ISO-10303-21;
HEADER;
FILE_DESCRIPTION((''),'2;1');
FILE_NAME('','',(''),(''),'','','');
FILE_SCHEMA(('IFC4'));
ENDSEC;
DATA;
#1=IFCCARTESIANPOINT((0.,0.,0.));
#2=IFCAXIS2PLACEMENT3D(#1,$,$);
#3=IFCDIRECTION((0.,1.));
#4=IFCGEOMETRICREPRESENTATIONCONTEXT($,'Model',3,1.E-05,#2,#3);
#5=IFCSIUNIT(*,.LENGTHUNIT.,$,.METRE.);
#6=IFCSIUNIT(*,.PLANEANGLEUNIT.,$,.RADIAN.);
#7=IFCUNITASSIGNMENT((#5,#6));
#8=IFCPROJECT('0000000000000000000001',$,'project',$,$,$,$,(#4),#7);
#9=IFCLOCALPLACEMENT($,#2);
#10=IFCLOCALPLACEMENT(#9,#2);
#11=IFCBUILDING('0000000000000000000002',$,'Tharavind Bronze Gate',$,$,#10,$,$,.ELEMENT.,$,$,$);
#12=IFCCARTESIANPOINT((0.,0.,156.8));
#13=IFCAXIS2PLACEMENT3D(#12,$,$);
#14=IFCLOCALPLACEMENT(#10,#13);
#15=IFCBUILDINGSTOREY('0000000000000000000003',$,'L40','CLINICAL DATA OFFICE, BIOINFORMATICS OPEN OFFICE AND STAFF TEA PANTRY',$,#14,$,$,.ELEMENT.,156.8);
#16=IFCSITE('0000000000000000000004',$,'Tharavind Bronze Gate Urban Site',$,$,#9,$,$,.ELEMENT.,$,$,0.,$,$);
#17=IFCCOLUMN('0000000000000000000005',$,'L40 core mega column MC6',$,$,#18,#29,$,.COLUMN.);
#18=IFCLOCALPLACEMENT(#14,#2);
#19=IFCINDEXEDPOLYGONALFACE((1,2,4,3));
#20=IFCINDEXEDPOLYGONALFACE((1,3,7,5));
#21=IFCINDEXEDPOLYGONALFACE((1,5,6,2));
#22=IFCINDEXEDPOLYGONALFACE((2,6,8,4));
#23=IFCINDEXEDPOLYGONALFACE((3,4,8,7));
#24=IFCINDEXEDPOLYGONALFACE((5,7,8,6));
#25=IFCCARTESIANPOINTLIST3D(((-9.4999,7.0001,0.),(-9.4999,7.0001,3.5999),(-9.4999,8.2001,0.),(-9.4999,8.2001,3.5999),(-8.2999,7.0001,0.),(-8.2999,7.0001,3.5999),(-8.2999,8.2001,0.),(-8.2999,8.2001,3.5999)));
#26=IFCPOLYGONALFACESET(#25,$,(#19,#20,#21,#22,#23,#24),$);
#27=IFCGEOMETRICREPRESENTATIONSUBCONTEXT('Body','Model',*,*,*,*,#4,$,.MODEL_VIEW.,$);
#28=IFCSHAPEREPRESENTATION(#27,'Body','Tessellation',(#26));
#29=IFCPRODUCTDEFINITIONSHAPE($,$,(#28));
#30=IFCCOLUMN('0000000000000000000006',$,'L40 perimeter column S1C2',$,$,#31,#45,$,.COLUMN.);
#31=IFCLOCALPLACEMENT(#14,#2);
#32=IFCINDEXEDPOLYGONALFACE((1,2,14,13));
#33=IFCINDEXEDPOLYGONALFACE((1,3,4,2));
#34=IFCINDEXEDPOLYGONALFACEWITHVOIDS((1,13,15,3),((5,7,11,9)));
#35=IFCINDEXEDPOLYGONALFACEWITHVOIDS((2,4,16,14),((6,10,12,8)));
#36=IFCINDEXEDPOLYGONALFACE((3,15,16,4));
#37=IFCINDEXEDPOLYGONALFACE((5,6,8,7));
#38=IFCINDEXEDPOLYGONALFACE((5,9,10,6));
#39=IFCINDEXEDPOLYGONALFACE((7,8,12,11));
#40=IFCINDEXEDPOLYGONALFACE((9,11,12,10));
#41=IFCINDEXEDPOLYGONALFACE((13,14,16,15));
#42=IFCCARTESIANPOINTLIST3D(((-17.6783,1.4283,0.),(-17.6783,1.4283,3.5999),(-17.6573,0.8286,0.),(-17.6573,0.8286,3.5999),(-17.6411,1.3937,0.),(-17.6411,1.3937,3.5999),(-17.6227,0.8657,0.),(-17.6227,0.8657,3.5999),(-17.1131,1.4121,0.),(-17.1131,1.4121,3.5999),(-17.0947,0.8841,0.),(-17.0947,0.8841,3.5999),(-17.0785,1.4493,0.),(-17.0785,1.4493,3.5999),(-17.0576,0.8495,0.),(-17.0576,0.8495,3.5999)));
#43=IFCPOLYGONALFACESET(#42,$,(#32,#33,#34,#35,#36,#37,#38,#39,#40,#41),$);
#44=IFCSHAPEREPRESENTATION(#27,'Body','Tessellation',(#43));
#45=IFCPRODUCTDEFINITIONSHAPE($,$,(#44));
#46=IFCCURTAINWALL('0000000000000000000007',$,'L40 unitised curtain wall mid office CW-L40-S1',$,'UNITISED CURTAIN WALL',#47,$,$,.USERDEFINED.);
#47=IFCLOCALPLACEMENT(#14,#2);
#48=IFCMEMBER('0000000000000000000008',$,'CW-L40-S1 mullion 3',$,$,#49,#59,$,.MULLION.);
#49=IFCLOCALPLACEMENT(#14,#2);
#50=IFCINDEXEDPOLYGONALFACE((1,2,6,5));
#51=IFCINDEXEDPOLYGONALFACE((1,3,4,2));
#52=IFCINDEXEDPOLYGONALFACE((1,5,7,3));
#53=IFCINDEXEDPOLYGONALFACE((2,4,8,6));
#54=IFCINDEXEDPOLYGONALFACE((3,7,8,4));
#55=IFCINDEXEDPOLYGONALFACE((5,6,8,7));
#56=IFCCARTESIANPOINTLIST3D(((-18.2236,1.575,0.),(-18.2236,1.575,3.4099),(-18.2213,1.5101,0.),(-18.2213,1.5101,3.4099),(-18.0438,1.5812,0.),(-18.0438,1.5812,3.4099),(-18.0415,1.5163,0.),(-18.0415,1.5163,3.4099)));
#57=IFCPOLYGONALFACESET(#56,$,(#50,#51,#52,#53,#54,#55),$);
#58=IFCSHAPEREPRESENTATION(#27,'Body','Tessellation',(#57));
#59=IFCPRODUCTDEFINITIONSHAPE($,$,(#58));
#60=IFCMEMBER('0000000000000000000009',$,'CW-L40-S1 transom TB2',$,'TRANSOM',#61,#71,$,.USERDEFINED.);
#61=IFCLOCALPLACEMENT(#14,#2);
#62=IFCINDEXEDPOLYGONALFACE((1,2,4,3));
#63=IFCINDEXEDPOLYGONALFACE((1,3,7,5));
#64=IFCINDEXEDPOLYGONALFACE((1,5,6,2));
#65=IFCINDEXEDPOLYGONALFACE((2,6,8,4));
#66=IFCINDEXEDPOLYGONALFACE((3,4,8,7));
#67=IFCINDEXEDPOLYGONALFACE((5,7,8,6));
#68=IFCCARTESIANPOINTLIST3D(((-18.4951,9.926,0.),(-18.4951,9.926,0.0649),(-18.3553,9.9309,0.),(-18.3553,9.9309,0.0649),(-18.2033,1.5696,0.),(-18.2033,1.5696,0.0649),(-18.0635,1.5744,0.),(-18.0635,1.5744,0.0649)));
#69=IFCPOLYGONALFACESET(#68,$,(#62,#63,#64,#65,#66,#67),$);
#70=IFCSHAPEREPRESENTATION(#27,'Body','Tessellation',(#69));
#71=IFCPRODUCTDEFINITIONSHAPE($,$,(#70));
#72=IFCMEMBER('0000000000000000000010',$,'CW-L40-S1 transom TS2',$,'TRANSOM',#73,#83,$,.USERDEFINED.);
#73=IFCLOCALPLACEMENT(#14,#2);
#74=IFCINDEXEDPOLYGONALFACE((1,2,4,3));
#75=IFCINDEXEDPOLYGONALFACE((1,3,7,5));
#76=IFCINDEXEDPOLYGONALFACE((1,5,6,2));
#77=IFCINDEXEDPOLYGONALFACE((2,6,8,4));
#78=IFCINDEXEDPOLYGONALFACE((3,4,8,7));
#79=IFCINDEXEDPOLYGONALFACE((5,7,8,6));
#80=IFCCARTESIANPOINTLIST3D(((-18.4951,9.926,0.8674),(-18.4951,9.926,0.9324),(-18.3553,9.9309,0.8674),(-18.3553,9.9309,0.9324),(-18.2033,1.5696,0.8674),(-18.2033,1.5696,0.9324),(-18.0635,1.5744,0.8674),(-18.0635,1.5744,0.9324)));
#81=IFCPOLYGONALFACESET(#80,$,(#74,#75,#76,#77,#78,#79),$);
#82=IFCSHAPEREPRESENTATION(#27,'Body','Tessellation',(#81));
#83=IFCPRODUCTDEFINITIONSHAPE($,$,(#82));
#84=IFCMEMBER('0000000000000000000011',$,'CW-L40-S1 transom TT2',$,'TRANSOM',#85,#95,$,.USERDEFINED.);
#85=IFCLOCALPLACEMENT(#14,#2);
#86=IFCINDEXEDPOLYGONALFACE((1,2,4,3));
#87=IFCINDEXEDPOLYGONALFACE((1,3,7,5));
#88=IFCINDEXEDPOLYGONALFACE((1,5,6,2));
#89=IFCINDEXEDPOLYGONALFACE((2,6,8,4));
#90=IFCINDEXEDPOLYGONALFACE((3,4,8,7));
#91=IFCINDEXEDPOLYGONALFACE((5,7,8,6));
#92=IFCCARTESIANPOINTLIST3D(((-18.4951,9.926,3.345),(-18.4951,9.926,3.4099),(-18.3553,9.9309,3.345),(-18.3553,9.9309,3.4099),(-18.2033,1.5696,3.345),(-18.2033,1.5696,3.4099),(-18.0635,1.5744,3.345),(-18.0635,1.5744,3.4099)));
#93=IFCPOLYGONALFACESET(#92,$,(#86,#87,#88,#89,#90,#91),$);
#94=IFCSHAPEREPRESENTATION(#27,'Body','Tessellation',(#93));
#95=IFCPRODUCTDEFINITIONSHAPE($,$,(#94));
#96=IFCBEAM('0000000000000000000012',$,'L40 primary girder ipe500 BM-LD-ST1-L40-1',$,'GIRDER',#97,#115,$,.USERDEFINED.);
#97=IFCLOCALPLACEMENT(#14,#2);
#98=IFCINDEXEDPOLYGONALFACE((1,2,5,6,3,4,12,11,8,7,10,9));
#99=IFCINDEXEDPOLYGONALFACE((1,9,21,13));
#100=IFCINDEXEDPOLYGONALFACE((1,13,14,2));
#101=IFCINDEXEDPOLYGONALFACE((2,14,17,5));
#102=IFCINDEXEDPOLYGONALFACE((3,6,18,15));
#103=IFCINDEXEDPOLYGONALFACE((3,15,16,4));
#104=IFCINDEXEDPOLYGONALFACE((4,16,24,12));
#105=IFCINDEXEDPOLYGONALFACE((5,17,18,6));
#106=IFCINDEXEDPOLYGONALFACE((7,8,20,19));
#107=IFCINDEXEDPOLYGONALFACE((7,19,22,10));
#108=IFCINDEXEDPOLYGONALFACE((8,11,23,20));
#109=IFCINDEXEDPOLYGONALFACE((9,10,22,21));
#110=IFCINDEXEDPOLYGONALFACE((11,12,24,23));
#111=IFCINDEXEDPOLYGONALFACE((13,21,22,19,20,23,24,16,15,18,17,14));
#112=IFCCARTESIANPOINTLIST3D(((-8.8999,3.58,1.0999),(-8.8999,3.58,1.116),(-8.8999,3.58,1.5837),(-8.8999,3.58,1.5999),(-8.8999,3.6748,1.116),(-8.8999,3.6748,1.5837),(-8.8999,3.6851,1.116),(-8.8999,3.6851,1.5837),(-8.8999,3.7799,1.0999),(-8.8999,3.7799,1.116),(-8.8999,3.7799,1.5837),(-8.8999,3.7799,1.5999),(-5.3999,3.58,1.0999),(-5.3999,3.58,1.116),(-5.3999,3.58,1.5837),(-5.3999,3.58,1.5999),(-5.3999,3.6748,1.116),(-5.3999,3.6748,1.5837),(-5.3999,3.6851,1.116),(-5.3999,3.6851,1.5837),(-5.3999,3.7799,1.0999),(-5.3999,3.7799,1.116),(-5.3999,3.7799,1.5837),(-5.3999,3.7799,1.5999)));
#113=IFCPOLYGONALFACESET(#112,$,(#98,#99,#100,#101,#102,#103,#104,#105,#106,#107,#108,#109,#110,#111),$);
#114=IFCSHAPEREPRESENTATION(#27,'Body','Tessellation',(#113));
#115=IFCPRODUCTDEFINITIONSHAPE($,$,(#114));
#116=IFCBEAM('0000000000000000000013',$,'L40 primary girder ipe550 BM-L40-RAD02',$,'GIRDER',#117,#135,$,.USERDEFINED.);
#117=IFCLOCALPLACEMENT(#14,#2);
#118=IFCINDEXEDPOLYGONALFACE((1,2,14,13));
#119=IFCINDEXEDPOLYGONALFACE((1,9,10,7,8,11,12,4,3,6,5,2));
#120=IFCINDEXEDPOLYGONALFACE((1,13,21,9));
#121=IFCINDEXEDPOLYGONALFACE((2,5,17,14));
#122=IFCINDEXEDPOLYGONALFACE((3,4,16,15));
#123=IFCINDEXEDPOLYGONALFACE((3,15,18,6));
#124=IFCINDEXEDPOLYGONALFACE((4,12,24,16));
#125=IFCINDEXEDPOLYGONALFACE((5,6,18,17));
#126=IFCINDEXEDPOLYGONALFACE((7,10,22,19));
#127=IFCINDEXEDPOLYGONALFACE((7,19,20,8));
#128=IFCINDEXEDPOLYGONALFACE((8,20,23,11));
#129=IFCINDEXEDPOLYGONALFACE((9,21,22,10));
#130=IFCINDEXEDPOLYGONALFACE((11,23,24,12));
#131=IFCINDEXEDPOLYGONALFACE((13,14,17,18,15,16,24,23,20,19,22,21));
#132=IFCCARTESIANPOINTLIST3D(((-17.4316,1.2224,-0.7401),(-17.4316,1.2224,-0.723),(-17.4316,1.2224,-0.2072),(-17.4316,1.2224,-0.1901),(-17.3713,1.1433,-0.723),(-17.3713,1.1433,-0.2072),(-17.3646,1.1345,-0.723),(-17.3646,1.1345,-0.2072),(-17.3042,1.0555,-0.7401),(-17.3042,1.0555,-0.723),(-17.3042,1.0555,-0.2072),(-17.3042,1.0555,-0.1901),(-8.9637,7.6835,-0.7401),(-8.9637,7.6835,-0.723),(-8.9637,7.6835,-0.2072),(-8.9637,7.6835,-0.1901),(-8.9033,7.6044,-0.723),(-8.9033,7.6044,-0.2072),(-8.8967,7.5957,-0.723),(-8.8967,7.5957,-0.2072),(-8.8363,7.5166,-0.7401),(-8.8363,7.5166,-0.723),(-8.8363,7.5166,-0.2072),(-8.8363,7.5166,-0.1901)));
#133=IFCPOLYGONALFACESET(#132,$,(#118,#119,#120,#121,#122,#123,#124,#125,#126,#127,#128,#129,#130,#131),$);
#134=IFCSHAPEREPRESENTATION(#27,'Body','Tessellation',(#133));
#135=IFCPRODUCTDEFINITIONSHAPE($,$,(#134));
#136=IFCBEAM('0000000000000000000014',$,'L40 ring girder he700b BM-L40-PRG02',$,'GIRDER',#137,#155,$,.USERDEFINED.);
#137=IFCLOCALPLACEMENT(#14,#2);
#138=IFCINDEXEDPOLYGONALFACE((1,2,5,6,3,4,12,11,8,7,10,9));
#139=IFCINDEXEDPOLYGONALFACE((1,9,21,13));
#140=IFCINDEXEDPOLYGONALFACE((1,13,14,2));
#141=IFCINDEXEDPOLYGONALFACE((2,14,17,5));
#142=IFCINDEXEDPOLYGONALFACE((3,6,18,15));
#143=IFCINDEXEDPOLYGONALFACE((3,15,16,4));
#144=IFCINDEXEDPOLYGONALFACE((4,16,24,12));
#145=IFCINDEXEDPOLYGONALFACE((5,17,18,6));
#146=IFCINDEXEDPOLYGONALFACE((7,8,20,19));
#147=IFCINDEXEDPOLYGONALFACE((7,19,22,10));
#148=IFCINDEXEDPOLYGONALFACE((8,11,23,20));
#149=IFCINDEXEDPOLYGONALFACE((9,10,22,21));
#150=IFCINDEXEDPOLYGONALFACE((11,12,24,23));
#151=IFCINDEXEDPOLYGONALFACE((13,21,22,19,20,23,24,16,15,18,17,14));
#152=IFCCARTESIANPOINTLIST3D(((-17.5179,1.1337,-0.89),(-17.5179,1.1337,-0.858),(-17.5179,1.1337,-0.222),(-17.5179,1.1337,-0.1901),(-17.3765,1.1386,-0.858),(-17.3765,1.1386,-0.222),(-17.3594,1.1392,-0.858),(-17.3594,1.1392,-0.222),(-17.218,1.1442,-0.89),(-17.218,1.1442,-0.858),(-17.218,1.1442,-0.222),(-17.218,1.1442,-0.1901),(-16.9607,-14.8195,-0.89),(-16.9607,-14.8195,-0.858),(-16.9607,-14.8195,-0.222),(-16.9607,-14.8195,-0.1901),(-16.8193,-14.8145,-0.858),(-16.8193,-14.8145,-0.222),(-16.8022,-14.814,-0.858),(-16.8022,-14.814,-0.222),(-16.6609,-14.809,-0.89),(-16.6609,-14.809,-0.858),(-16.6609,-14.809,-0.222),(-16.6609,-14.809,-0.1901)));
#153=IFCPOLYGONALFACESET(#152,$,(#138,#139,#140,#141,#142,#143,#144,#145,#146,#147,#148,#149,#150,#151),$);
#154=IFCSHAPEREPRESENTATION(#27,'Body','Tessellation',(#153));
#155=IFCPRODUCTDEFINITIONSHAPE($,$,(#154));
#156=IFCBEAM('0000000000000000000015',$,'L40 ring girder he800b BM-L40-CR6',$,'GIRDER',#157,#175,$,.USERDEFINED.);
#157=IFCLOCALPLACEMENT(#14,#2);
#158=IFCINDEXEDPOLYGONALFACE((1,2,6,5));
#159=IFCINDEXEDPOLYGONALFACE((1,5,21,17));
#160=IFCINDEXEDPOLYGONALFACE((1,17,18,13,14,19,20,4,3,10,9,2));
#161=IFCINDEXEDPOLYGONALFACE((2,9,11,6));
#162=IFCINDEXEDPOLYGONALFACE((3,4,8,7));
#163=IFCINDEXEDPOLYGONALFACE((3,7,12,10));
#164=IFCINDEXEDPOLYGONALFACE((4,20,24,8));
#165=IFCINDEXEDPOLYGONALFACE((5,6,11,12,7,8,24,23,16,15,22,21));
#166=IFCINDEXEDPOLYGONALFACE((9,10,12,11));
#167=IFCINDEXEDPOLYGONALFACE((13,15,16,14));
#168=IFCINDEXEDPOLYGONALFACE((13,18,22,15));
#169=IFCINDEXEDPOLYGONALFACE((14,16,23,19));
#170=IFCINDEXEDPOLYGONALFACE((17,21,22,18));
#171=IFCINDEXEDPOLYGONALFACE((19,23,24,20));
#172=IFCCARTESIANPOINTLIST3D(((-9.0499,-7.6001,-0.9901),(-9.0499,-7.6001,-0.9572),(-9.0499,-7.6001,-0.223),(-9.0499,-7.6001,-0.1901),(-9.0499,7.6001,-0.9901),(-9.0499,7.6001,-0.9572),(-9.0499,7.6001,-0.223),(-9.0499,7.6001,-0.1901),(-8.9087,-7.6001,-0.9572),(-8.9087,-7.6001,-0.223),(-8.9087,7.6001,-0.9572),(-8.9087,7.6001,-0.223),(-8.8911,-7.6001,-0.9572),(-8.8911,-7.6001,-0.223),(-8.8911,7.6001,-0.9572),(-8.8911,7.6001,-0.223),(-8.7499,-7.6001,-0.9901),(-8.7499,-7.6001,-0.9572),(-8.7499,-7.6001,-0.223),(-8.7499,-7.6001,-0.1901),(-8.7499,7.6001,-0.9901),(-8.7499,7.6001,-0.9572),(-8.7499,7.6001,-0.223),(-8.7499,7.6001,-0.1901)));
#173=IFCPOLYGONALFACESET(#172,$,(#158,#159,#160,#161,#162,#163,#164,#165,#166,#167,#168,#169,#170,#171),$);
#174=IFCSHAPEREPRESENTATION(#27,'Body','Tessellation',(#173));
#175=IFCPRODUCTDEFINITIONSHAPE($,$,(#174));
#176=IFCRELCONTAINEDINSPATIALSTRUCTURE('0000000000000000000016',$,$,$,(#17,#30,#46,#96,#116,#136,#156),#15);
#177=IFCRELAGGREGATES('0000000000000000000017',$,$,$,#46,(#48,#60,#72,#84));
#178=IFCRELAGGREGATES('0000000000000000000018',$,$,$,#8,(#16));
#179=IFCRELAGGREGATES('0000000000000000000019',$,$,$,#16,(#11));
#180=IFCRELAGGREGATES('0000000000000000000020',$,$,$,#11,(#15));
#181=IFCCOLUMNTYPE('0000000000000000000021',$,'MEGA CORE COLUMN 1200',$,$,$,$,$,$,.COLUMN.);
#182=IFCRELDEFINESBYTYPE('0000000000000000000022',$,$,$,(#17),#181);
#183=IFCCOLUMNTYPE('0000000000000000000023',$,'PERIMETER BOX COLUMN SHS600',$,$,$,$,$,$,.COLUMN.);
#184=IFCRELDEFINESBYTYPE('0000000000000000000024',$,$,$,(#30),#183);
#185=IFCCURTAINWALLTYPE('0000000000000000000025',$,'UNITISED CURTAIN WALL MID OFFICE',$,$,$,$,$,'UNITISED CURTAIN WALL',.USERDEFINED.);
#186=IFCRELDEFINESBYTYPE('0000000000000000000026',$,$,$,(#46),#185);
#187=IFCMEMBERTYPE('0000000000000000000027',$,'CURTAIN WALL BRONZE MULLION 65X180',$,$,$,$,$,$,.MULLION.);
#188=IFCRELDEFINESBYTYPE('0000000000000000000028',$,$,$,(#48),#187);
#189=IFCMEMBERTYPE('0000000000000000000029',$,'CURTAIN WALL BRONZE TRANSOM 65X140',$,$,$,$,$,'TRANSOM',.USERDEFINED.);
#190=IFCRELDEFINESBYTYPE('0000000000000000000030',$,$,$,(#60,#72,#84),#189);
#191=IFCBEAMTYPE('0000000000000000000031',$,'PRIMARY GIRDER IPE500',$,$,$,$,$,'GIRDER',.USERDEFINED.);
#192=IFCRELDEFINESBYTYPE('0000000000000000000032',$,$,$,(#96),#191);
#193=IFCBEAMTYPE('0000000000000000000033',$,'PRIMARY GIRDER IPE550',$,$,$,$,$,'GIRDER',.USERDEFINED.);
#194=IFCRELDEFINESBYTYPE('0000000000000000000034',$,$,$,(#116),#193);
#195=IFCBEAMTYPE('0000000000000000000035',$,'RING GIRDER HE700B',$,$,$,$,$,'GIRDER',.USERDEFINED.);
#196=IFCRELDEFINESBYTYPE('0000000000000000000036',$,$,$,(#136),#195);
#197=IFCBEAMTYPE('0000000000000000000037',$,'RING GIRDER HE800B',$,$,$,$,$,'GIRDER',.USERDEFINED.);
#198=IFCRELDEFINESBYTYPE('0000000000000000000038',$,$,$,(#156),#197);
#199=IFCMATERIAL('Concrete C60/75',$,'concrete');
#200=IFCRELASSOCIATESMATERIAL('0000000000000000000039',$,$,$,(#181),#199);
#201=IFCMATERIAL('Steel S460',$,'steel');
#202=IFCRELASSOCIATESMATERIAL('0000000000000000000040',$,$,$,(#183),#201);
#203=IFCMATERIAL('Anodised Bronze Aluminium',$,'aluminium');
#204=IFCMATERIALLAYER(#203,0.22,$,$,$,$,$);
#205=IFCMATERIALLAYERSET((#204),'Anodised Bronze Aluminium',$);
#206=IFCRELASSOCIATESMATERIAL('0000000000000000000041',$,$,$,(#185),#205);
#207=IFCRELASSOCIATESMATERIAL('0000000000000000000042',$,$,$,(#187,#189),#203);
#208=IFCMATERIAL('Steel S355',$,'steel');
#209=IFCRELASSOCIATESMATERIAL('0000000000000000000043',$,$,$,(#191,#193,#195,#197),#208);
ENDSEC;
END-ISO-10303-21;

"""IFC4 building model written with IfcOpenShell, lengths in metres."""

from ifc_helpers import new_model, si_unit, direction, frame, origin, origin_2d, place, context, subcontext, project, spatial, rectangle, hollow_rectangle, i_section, extrude, material, layer, layer_set, material_profile, profile_set, type_object, element, aggregate, save


model = new_model("IFC4")

# Units and contexts
model_context = context("Model", 3, precision=1e-05, world=origin(), true_north=direction((0.0, 1.0)))
body_context = subcontext(model_context, "Body", "Model", "MODEL_VIEW")
ifc_project = project(units=[si_unit("LENGTHUNIT", "METRE"), si_unit("PLANEANGLEUNIT", "RADIAN")], contexts=[model_context])

# Site, building, storey
site_placement = place(None, origin())
site = spatial("IfcSite", under=ifc_project, at=site_placement, Name="Tharavind Bronze Gate Urban Site", CompositionType="ELEMENT", RefElevation=0.0)
building_placement = place(site_placement, origin())
building = spatial("IfcBuilding", under=site, at=building_placement, Name="Tharavind Bronze Gate", CompositionType="ELEMENT")
storey_placement = place(building_placement, frame((0.0, 0.0, 156.8)))
storey = spatial("IfcBuildingStorey", under=building, at=storey_placement, Name="L40", Description="CLINICAL DATA OFFICE, BIOINFORMATICS OPEN OFFICE AND STAFF TEA PANTRY", CompositionType="ELEMENT", Elevation=156.8)

# Columns
ifc_material_1 = material(Name="Concrete C60/75", Category="concrete")
ifc_material_profile_1 = material_profile(ifc_material_1, rectangle(XDim=1.2, YDim=1.2, at=origin_2d()), Name="RCCOL1200")
ifc_profile_set_1 = profile_set([ifc_material_profile_1], Name="Concrete C60/75")
column_type_1 = type_object("IfcColumnType", Name="MEGA CORE COLUMN 1200", PredefinedType="COLUMN", material=ifc_profile_set_1)
column_1_placement = place(storey_placement, frame((-8.8999, 7.6001, 0.0), z_axis=(0.0, 0.0, 1.0), x_axis=(1.0, 0.0, 0.0)))
element("IfcColumn", 1, at=column_1_placement, inside=storey, type_object=column_type_1, Name="L40 core mega column MC6", PredefinedType="COLUMN", context=body_context, shape_type="SweptSolid", body=[
    extrude(rectangle(XDim=1.2, YDim=1.2, at=origin_2d()), origin(), (0.0, 0.0, 1.0), 3.5999),
])
ifc_material_2 = material(Name="Steel S460", Category="steel")
ifc_material_profile_2 = material_profile(ifc_material_2, hollow_rectangle(XDim=0.6001, YDim=0.6001, WallThickness=0.0359, at=origin_2d()), Name="SHS600X36")
ifc_profile_set_2 = profile_set([ifc_material_profile_2], Name="Steel S460")
column_type_2 = type_object("IfcColumnType", Name="PERIMETER BOX COLUMN SHS600", PredefinedType="COLUMN", material=ifc_profile_set_2)
column_2_placement = place(storey_placement, frame((-17.3679, 1.1389, 0.0), z_axis=(0.0, 0.0, 1.0), x_axis=(-0.034899, 0.999391, 0.0)))
element("IfcColumn", 2, at=column_2_placement, inside=storey, type_object=column_type_2, Name="L40 perimeter column S1C2", PredefinedType="COLUMN", context=body_context, shape_type="SweptSolid", body=[
    extrude(hollow_rectangle(XDim=0.6001, YDim=0.6001, WallThickness=0.0359, at=origin_2d()), origin(), (0.0, 0.0, 1.0), 3.5999),
])

# Curtain wall, members
ifc_material_3 = material(Name="Anodised Bronze Aluminium", Category="aluminium")
ifc_layer_1 = layer(ifc_material_3, 0.22)
ifc_layer_set_1 = layer_set([ifc_layer_1], Name="Anodised Bronze Aluminium")
curtain_wall_type = type_object("IfcCurtainWallType", Name="UNITISED CURTAIN WALL MID OFFICE", ElementType="UNITISED CURTAIN WALL", PredefinedType="USERDEFINED", material=ifc_layer_set_1)
curtain_wall_placement = place(storey_placement, origin())
curtain_wall = element("IfcCurtainWall", 3, at=curtain_wall_placement, inside=storey, type_object=curtain_wall_type, Name="L40 unitised curtain wall mid office CW-L40-S1", ObjectType="UNITISED CURTAIN WALL", PredefinedType="USERDEFINED")
member_type_1 = type_object("IfcMemberType", Name="CURTAIN WALL BRONZE MULLION 65X180", PredefinedType="MULLION", material=ifc_material_3)
member_1_placement = place(storey_placement, frame((-18.1326, 1.5457, 0.0), z_axis=(0.0, 0.0, 1.0), x_axis=(0.034899, -0.999391, 0.0)))
member_1 = element("IfcMember", 4, at=member_1_placement, type_object=member_type_1, Name="CW-L40-S1 mullion 3", PredefinedType="MULLION", context=body_context, shape_type="SweptSolid", body=[
    extrude(rectangle(XDim=0.0649, YDim=0.1799, at=origin_2d()), origin(), (0.0, 0.0, 1.0), 3.4099),
])
member_type_2 = type_object("IfcMemberType", Name="CURTAIN WALL BRONZE TRANSOM 65X140", ElementType="TRANSOM", PredefinedType="USERDEFINED", material=ifc_material_3)
member_2_placement = place(storey_placement, frame((-18.2793, 5.7502, 0.0), z_axis=(0.0, 0.0, 1.0), x_axis=(0.034899, -0.999391, 0.0)))
member_2 = element("IfcMember", 5, at=member_2_placement, type_object=member_type_2, Name="CW-L40-S1 transom TB2", ObjectType="TRANSOM", PredefinedType="USERDEFINED", context=body_context, shape_type="SweptSolid", body=[
    extrude(rectangle(XDim=8.3616, YDim=0.1399, at=origin_2d()), origin(), (0.0, 0.0, 1.0), 0.0649),
])
member_3_placement = place(storey_placement, frame((-18.2793, 5.7502, 0.8674), z_axis=(0.0, 0.0, 1.0), x_axis=(0.034899, -0.999391, 0.0)))
member_3 = element("IfcMember", 6, at=member_3_placement, type_object=member_type_2, Name="CW-L40-S1 transom TS2", ObjectType="TRANSOM", PredefinedType="USERDEFINED", context=body_context, shape_type="SweptSolid", body=[
    extrude(rectangle(XDim=8.3616, YDim=0.1399, at=origin_2d()), origin(), (0.0, 0.0, 1.0), 0.0649),
])
member_4_placement = place(storey_placement, frame((-18.2793, 5.7502, 3.345), z_axis=(0.0, 0.0, 1.0), x_axis=(0.034899, -0.999391, 0.0)))
member_4 = element("IfcMember", 7, at=member_4_placement, type_object=member_type_2, Name="CW-L40-S1 transom TT2", ObjectType="TRANSOM", PredefinedType="USERDEFINED", context=body_context, shape_type="SweptSolid", body=[
    extrude(rectangle(XDim=8.3616, YDim=0.1399, at=origin_2d()), origin(), (0.0, 0.0, 1.0), 0.0649),
])

# Beams
ifc_material_4 = material(Name="Steel S355", Category="steel")
ifc_material_profile_3 = material_profile(ifc_material_4, i_section(OverallWidth=0.2, OverallDepth=0.5, WebThickness=0.0103, FlangeThickness=0.0161, at=origin_2d()), Name="IPE500")
ifc_profile_set_3 = profile_set([ifc_material_profile_3], Name="Steel S355")
beam_type_1 = type_object("IfcBeamType", Name="PRIMARY GIRDER IPE500", ElementType="GIRDER", PredefinedType="USERDEFINED", material=ifc_profile_set_3)
beam_1_placement = place(storey_placement, frame((-8.8999, 3.6799, 1.3499), z_axis=(1.0, 0.0, 0.0), x_axis=(0.0, 1.0, 0.0)))
element("IfcBeam", 8, at=beam_1_placement, inside=storey, type_object=beam_type_1, Name="L40 primary girder ipe500 BM-LD-ST1-L40-1", ObjectType="GIRDER", PredefinedType="USERDEFINED", context=body_context, shape_type="SweptSolid", body=[
    extrude(i_section(OverallWidth=0.2, OverallDepth=0.5, WebThickness=0.0103, FlangeThickness=0.0161, at=origin_2d()), origin(), (0.0, 0.0, 1.0), 3.5),
])
ifc_material_profile_4 = material_profile(ifc_material_4, i_section(OverallWidth=0.21, OverallDepth=0.55, WebThickness=0.011, FlangeThickness=0.0171, at=origin_2d()), Name="IPE550")
ifc_profile_set_4 = profile_set([ifc_material_profile_4], Name="Steel S355")
beam_type_2 = type_object("IfcBeamType", Name="PRIMARY GIRDER IPE550", ElementType="GIRDER", PredefinedType="USERDEFINED", material=ifc_profile_set_4)
beam_2_placement = place(storey_placement, frame((-17.3679, 1.1389, -0.4651), z_axis=(0.795008, 0.606599, 0.0), x_axis=(-0.606599, 0.795008, 0.0)))
element("IfcBeam", 9, at=beam_2_placement, inside=storey, type_object=beam_type_2, Name="L40 primary girder ipe550 BM-L40-RAD02", ObjectType="GIRDER", PredefinedType="USERDEFINED", context=body_context, shape_type="SweptSolid", body=[
    extrude(i_section(OverallWidth=0.21, OverallDepth=0.55, WebThickness=0.011, FlangeThickness=0.0171, at=origin_2d()), origin(), (0.0, 0.0, 1.0), 10.6514),
])
ifc_material_profile_5 = material_profile(ifc_material_4, i_section(OverallWidth=0.3, OverallDepth=0.7, WebThickness=0.0171, FlangeThickness=0.032, at=origin_2d()), Name="HE700B")
ifc_profile_set_5 = profile_set([ifc_material_profile_5], Name="Steel S355")
beam_type_3 = type_object("IfcBeamType", Name="RING GIRDER HE700B", ElementType="GIRDER", PredefinedType="USERDEFINED", material=ifc_profile_set_5)
beam_3_placement = place(storey_placement, frame((-17.3679, 1.1389, -0.54), z_axis=(0.034902, -0.999391, 0.0), x_axis=(0.999391, 0.034902, 0.0)))
element("IfcBeam", 10, at=beam_3_placement, inside=storey, type_object=beam_type_3, Name="L40 ring girder he700b BM-L40-PRG02", ObjectType="GIRDER", PredefinedType="USERDEFINED", context=body_context, shape_type="SweptSolid", body=[
    extrude(i_section(OverallWidth=0.3, OverallDepth=0.7, WebThickness=0.0171, FlangeThickness=0.032, at=origin_2d()), origin(), (0.0, 0.0, 1.0), 15.9629),
])
ifc_material_profile_6 = material_profile(ifc_material_4, i_section(OverallWidth=0.3, OverallDepth=0.8, WebThickness=0.0176, FlangeThickness=0.033, at=origin_2d()), Name="HE800B")
ifc_profile_set_6 = profile_set([ifc_material_profile_6], Name="Steel S355")
beam_type_4 = type_object("IfcBeamType", Name="RING GIRDER HE800B", ElementType="GIRDER", PredefinedType="USERDEFINED", material=ifc_profile_set_6)
beam_4_placement = place(storey_placement, frame((-8.8999, 7.6001, -0.5901), z_axis=(0.0, -1.0, 0.0), x_axis=(1.0, 0.0, 0.0)))
element("IfcBeam", 11, at=beam_4_placement, inside=storey, type_object=beam_type_4, Name="L40 ring girder he800b BM-L40-CR6", ObjectType="GIRDER", PredefinedType="USERDEFINED", context=body_context, shape_type="SweptSolid", body=[
    extrude(i_section(OverallWidth=0.3, OverallDepth=0.8, WebThickness=0.0176, FlangeThickness=0.033, at=origin_2d()), origin(), (0.0, 0.0, 1.0), 15.2002),
])

aggregate(curtain_wall, [member_1, member_2, member_3, member_4])

save(model, "model.ifc")
